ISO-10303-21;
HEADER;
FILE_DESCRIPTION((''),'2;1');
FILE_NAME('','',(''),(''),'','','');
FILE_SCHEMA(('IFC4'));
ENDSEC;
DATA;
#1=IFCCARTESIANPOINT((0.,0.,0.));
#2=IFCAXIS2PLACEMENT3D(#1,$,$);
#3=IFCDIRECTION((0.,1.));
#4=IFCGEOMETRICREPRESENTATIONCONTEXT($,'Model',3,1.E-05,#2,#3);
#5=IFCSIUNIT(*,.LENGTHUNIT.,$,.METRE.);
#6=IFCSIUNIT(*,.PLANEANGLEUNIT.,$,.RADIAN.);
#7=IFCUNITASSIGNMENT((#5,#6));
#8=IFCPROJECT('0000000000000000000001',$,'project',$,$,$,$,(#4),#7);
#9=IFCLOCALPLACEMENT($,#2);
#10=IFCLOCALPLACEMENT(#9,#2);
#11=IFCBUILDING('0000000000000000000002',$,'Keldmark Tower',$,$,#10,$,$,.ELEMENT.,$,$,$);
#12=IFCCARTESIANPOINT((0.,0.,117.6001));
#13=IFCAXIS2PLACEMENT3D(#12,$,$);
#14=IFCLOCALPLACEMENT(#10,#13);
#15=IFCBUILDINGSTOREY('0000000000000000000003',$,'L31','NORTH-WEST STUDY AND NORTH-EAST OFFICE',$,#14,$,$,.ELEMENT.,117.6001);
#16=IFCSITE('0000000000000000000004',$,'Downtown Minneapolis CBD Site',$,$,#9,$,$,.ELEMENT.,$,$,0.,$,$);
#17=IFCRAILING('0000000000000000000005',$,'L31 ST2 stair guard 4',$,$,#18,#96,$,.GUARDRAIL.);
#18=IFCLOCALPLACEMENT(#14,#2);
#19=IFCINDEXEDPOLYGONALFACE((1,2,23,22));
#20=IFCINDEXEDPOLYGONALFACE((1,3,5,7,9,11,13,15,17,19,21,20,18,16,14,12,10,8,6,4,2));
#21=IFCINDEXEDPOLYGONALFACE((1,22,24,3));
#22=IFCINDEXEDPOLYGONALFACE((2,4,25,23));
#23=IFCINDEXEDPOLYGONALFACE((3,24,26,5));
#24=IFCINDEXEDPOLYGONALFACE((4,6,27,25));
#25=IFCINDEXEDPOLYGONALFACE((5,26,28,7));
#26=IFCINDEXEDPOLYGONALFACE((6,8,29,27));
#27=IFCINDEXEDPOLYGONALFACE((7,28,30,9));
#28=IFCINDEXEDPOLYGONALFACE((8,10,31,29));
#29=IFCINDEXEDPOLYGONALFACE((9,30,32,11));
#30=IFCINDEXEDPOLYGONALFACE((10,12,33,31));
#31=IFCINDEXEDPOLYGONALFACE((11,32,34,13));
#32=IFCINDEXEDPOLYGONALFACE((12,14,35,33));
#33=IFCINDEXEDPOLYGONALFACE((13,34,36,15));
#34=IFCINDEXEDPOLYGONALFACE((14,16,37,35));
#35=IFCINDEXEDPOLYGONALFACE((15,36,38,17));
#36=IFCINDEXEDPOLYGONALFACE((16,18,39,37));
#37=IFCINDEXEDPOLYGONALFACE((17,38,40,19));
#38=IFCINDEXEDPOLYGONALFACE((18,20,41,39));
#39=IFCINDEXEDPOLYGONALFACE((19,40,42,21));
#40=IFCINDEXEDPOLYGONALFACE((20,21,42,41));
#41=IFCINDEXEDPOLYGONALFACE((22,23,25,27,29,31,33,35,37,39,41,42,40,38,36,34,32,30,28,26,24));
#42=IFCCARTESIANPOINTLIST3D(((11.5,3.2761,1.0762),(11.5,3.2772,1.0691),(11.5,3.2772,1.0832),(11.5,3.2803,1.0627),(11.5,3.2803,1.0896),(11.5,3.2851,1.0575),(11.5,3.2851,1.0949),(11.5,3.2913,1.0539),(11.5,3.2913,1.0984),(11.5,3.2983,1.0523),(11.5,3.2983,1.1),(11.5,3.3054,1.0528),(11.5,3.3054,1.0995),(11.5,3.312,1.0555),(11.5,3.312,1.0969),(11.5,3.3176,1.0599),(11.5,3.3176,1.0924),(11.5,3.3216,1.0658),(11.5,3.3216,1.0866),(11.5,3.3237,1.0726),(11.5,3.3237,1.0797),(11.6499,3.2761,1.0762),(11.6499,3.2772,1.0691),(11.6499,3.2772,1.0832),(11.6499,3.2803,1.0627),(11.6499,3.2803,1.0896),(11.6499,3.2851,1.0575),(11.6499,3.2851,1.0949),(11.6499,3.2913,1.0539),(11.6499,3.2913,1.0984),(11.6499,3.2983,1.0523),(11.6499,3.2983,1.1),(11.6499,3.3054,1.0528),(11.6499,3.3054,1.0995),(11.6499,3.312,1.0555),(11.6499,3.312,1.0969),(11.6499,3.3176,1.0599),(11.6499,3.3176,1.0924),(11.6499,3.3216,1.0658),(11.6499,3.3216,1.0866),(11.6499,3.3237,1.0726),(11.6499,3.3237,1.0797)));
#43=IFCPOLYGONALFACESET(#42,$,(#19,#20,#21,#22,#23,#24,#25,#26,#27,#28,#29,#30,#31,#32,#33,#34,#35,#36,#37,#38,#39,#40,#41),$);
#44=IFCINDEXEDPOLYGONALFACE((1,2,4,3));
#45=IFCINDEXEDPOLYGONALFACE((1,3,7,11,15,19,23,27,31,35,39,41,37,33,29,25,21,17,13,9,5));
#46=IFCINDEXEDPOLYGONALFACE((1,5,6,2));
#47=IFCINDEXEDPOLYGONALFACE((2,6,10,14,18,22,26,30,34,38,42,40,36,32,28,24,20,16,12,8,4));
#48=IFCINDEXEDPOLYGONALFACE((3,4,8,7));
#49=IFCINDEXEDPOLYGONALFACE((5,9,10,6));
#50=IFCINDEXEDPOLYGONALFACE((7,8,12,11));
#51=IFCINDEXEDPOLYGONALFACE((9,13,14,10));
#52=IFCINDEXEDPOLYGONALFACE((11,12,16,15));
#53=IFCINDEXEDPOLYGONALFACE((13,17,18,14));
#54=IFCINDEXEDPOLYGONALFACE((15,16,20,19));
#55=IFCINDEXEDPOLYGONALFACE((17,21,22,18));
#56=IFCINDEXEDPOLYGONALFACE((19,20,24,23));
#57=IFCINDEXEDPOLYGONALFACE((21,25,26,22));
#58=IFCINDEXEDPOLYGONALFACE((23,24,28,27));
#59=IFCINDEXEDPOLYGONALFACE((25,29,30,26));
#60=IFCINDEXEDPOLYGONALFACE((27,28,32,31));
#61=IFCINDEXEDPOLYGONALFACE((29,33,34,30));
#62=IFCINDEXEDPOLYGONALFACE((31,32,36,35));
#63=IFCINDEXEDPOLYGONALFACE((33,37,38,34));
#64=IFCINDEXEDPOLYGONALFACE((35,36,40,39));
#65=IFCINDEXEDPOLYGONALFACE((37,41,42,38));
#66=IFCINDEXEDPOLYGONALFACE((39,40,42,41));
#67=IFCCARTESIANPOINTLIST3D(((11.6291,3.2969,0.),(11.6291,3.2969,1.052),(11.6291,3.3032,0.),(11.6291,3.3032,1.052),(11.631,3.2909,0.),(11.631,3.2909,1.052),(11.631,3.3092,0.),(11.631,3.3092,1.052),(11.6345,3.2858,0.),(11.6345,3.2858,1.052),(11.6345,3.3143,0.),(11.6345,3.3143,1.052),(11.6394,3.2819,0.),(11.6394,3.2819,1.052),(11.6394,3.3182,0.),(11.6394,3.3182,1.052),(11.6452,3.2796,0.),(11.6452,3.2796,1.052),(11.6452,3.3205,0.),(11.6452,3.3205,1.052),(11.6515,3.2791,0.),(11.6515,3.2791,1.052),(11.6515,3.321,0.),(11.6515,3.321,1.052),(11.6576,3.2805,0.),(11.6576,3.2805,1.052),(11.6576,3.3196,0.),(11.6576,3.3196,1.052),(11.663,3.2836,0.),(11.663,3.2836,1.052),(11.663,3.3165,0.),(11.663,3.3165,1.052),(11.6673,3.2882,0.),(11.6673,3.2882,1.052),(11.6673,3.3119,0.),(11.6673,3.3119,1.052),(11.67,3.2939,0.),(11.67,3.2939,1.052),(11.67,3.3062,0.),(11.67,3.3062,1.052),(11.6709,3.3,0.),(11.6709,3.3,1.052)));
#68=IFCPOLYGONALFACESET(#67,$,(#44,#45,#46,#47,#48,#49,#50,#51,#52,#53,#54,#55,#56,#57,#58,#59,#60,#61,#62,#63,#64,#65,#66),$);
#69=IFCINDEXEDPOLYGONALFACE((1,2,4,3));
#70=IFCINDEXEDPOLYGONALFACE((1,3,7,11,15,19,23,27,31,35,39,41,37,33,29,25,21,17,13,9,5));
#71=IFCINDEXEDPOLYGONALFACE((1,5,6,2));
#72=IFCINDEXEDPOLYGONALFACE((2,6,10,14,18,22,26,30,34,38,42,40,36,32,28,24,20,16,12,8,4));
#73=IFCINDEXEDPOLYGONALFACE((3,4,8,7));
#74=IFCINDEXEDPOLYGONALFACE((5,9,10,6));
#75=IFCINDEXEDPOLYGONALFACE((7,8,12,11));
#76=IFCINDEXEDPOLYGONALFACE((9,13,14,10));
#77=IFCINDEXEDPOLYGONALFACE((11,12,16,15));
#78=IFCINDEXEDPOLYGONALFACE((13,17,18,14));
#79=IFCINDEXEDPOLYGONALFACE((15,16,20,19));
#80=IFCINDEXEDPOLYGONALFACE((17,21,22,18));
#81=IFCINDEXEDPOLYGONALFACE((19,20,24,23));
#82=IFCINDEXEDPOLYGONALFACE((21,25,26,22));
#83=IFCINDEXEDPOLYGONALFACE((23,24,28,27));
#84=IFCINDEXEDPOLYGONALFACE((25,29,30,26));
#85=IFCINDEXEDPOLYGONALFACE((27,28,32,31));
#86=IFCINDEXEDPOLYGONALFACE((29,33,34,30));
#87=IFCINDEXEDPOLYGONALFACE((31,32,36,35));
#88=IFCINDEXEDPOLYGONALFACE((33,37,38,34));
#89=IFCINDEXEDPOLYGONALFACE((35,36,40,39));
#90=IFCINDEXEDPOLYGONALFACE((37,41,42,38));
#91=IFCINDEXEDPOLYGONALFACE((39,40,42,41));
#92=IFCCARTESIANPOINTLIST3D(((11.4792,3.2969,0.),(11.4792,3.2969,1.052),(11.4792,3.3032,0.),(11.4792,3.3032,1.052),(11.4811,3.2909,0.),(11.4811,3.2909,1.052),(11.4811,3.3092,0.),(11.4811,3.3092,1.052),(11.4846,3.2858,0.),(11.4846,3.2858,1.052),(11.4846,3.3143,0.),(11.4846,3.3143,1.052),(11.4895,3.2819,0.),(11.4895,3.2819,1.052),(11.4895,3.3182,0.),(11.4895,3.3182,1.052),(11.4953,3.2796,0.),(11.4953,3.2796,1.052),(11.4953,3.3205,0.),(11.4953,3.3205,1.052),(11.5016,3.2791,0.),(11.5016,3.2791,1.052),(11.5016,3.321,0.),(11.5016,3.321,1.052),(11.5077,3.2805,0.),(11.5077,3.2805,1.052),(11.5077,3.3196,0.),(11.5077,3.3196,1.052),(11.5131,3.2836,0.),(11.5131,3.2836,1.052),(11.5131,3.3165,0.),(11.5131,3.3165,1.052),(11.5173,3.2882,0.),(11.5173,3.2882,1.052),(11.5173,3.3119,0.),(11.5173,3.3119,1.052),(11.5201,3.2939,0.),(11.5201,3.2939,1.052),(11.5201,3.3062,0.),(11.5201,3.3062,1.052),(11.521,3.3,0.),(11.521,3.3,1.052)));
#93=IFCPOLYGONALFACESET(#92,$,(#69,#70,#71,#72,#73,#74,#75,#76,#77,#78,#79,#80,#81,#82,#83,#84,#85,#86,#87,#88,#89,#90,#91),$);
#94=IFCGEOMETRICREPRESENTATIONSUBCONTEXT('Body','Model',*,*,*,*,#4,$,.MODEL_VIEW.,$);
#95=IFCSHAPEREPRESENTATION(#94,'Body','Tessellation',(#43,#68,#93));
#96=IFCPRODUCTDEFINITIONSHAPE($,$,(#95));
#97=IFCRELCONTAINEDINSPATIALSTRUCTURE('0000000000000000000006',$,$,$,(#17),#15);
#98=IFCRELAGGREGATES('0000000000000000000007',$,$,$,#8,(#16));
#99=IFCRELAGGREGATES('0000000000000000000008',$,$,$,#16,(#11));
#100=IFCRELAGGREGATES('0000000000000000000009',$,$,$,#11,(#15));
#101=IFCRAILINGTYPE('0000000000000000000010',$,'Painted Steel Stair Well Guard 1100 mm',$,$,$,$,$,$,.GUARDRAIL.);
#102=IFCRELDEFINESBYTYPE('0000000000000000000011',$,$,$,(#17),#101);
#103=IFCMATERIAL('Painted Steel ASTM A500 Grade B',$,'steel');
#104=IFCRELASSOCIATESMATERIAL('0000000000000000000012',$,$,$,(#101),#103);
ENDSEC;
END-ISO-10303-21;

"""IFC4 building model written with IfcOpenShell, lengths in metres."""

from ifc_helpers import new_model, si_unit, direction, frame, origin, origin_2d, place, context, subcontext, project, spatial, circle, extrude, material, type_object, element, save


model = new_model("IFC4")

# Units and contexts
model_context = context("Model", 3, precision=1e-05, world=origin(), true_north=direction((0.0, 1.0)))
body_context = subcontext(model_context, "Body", "Model", "MODEL_VIEW")
ifc_project = project(units=[si_unit("LENGTHUNIT", "METRE"), si_unit("PLANEANGLEUNIT", "RADIAN")], contexts=[model_context])

# Site, building, storey
site_placement = place(None, origin())
site = spatial("IfcSite", under=ifc_project, at=site_placement, Name="Downtown Minneapolis CBD Site", CompositionType="ELEMENT", RefElevation=0.0)
building_placement = place(site_placement, origin())
building = spatial("IfcBuilding", under=site, at=building_placement, Name="Keldmark Tower", CompositionType="ELEMENT")
storey_placement = place(building_placement, frame((0.0, 0.0, 117.6001)))
storey = spatial("IfcBuildingStorey", under=building, at=storey_placement, Name="L31", Description="NORTH-WEST STUDY AND NORTH-EAST OFFICE", CompositionType="ELEMENT", Elevation=117.6001)

# Railing
ifc_material_1 = material(Name="Painted Steel ASTM A500 Grade B", Category="steel")
railing_type_1 = type_object("IfcRailingType", Name="Painted Steel Stair Well Guard 1100 mm", PredefinedType="GUARDRAIL", material=ifc_material_1)
railing_1_placement = place(storey_placement, frame((11.6499, 3.3, 0.0)))
element("IfcRailing", 1, at=railing_1_placement, inside=storey, type_object=railing_type_1, Name="L31 ST2 stair guard 4", PredefinedType="GUARDRAIL", context=body_context, shape_type="SweptSolid", body=[
    extrude(circle(Radius=0.0239, at=origin_2d()), frame((0.0, 0.0, 1.0762), z_axis=(-1.0, 0.0, 0.0), x_axis=(0.0, -1.0, 0.0)), (0.0, 0.0, 1.0), 0.1499),
    extrude(circle(Radius=0.021, at=origin_2d()), origin(), (0.0, 0.0, 1.0), 1.052),
    extrude(circle(Radius=0.021, at=origin_2d()), frame((-0.1499, 0.0, 0.0)), (0.0, 0.0, 1.0), 1.052),
])

save(model, "model.ifc")
